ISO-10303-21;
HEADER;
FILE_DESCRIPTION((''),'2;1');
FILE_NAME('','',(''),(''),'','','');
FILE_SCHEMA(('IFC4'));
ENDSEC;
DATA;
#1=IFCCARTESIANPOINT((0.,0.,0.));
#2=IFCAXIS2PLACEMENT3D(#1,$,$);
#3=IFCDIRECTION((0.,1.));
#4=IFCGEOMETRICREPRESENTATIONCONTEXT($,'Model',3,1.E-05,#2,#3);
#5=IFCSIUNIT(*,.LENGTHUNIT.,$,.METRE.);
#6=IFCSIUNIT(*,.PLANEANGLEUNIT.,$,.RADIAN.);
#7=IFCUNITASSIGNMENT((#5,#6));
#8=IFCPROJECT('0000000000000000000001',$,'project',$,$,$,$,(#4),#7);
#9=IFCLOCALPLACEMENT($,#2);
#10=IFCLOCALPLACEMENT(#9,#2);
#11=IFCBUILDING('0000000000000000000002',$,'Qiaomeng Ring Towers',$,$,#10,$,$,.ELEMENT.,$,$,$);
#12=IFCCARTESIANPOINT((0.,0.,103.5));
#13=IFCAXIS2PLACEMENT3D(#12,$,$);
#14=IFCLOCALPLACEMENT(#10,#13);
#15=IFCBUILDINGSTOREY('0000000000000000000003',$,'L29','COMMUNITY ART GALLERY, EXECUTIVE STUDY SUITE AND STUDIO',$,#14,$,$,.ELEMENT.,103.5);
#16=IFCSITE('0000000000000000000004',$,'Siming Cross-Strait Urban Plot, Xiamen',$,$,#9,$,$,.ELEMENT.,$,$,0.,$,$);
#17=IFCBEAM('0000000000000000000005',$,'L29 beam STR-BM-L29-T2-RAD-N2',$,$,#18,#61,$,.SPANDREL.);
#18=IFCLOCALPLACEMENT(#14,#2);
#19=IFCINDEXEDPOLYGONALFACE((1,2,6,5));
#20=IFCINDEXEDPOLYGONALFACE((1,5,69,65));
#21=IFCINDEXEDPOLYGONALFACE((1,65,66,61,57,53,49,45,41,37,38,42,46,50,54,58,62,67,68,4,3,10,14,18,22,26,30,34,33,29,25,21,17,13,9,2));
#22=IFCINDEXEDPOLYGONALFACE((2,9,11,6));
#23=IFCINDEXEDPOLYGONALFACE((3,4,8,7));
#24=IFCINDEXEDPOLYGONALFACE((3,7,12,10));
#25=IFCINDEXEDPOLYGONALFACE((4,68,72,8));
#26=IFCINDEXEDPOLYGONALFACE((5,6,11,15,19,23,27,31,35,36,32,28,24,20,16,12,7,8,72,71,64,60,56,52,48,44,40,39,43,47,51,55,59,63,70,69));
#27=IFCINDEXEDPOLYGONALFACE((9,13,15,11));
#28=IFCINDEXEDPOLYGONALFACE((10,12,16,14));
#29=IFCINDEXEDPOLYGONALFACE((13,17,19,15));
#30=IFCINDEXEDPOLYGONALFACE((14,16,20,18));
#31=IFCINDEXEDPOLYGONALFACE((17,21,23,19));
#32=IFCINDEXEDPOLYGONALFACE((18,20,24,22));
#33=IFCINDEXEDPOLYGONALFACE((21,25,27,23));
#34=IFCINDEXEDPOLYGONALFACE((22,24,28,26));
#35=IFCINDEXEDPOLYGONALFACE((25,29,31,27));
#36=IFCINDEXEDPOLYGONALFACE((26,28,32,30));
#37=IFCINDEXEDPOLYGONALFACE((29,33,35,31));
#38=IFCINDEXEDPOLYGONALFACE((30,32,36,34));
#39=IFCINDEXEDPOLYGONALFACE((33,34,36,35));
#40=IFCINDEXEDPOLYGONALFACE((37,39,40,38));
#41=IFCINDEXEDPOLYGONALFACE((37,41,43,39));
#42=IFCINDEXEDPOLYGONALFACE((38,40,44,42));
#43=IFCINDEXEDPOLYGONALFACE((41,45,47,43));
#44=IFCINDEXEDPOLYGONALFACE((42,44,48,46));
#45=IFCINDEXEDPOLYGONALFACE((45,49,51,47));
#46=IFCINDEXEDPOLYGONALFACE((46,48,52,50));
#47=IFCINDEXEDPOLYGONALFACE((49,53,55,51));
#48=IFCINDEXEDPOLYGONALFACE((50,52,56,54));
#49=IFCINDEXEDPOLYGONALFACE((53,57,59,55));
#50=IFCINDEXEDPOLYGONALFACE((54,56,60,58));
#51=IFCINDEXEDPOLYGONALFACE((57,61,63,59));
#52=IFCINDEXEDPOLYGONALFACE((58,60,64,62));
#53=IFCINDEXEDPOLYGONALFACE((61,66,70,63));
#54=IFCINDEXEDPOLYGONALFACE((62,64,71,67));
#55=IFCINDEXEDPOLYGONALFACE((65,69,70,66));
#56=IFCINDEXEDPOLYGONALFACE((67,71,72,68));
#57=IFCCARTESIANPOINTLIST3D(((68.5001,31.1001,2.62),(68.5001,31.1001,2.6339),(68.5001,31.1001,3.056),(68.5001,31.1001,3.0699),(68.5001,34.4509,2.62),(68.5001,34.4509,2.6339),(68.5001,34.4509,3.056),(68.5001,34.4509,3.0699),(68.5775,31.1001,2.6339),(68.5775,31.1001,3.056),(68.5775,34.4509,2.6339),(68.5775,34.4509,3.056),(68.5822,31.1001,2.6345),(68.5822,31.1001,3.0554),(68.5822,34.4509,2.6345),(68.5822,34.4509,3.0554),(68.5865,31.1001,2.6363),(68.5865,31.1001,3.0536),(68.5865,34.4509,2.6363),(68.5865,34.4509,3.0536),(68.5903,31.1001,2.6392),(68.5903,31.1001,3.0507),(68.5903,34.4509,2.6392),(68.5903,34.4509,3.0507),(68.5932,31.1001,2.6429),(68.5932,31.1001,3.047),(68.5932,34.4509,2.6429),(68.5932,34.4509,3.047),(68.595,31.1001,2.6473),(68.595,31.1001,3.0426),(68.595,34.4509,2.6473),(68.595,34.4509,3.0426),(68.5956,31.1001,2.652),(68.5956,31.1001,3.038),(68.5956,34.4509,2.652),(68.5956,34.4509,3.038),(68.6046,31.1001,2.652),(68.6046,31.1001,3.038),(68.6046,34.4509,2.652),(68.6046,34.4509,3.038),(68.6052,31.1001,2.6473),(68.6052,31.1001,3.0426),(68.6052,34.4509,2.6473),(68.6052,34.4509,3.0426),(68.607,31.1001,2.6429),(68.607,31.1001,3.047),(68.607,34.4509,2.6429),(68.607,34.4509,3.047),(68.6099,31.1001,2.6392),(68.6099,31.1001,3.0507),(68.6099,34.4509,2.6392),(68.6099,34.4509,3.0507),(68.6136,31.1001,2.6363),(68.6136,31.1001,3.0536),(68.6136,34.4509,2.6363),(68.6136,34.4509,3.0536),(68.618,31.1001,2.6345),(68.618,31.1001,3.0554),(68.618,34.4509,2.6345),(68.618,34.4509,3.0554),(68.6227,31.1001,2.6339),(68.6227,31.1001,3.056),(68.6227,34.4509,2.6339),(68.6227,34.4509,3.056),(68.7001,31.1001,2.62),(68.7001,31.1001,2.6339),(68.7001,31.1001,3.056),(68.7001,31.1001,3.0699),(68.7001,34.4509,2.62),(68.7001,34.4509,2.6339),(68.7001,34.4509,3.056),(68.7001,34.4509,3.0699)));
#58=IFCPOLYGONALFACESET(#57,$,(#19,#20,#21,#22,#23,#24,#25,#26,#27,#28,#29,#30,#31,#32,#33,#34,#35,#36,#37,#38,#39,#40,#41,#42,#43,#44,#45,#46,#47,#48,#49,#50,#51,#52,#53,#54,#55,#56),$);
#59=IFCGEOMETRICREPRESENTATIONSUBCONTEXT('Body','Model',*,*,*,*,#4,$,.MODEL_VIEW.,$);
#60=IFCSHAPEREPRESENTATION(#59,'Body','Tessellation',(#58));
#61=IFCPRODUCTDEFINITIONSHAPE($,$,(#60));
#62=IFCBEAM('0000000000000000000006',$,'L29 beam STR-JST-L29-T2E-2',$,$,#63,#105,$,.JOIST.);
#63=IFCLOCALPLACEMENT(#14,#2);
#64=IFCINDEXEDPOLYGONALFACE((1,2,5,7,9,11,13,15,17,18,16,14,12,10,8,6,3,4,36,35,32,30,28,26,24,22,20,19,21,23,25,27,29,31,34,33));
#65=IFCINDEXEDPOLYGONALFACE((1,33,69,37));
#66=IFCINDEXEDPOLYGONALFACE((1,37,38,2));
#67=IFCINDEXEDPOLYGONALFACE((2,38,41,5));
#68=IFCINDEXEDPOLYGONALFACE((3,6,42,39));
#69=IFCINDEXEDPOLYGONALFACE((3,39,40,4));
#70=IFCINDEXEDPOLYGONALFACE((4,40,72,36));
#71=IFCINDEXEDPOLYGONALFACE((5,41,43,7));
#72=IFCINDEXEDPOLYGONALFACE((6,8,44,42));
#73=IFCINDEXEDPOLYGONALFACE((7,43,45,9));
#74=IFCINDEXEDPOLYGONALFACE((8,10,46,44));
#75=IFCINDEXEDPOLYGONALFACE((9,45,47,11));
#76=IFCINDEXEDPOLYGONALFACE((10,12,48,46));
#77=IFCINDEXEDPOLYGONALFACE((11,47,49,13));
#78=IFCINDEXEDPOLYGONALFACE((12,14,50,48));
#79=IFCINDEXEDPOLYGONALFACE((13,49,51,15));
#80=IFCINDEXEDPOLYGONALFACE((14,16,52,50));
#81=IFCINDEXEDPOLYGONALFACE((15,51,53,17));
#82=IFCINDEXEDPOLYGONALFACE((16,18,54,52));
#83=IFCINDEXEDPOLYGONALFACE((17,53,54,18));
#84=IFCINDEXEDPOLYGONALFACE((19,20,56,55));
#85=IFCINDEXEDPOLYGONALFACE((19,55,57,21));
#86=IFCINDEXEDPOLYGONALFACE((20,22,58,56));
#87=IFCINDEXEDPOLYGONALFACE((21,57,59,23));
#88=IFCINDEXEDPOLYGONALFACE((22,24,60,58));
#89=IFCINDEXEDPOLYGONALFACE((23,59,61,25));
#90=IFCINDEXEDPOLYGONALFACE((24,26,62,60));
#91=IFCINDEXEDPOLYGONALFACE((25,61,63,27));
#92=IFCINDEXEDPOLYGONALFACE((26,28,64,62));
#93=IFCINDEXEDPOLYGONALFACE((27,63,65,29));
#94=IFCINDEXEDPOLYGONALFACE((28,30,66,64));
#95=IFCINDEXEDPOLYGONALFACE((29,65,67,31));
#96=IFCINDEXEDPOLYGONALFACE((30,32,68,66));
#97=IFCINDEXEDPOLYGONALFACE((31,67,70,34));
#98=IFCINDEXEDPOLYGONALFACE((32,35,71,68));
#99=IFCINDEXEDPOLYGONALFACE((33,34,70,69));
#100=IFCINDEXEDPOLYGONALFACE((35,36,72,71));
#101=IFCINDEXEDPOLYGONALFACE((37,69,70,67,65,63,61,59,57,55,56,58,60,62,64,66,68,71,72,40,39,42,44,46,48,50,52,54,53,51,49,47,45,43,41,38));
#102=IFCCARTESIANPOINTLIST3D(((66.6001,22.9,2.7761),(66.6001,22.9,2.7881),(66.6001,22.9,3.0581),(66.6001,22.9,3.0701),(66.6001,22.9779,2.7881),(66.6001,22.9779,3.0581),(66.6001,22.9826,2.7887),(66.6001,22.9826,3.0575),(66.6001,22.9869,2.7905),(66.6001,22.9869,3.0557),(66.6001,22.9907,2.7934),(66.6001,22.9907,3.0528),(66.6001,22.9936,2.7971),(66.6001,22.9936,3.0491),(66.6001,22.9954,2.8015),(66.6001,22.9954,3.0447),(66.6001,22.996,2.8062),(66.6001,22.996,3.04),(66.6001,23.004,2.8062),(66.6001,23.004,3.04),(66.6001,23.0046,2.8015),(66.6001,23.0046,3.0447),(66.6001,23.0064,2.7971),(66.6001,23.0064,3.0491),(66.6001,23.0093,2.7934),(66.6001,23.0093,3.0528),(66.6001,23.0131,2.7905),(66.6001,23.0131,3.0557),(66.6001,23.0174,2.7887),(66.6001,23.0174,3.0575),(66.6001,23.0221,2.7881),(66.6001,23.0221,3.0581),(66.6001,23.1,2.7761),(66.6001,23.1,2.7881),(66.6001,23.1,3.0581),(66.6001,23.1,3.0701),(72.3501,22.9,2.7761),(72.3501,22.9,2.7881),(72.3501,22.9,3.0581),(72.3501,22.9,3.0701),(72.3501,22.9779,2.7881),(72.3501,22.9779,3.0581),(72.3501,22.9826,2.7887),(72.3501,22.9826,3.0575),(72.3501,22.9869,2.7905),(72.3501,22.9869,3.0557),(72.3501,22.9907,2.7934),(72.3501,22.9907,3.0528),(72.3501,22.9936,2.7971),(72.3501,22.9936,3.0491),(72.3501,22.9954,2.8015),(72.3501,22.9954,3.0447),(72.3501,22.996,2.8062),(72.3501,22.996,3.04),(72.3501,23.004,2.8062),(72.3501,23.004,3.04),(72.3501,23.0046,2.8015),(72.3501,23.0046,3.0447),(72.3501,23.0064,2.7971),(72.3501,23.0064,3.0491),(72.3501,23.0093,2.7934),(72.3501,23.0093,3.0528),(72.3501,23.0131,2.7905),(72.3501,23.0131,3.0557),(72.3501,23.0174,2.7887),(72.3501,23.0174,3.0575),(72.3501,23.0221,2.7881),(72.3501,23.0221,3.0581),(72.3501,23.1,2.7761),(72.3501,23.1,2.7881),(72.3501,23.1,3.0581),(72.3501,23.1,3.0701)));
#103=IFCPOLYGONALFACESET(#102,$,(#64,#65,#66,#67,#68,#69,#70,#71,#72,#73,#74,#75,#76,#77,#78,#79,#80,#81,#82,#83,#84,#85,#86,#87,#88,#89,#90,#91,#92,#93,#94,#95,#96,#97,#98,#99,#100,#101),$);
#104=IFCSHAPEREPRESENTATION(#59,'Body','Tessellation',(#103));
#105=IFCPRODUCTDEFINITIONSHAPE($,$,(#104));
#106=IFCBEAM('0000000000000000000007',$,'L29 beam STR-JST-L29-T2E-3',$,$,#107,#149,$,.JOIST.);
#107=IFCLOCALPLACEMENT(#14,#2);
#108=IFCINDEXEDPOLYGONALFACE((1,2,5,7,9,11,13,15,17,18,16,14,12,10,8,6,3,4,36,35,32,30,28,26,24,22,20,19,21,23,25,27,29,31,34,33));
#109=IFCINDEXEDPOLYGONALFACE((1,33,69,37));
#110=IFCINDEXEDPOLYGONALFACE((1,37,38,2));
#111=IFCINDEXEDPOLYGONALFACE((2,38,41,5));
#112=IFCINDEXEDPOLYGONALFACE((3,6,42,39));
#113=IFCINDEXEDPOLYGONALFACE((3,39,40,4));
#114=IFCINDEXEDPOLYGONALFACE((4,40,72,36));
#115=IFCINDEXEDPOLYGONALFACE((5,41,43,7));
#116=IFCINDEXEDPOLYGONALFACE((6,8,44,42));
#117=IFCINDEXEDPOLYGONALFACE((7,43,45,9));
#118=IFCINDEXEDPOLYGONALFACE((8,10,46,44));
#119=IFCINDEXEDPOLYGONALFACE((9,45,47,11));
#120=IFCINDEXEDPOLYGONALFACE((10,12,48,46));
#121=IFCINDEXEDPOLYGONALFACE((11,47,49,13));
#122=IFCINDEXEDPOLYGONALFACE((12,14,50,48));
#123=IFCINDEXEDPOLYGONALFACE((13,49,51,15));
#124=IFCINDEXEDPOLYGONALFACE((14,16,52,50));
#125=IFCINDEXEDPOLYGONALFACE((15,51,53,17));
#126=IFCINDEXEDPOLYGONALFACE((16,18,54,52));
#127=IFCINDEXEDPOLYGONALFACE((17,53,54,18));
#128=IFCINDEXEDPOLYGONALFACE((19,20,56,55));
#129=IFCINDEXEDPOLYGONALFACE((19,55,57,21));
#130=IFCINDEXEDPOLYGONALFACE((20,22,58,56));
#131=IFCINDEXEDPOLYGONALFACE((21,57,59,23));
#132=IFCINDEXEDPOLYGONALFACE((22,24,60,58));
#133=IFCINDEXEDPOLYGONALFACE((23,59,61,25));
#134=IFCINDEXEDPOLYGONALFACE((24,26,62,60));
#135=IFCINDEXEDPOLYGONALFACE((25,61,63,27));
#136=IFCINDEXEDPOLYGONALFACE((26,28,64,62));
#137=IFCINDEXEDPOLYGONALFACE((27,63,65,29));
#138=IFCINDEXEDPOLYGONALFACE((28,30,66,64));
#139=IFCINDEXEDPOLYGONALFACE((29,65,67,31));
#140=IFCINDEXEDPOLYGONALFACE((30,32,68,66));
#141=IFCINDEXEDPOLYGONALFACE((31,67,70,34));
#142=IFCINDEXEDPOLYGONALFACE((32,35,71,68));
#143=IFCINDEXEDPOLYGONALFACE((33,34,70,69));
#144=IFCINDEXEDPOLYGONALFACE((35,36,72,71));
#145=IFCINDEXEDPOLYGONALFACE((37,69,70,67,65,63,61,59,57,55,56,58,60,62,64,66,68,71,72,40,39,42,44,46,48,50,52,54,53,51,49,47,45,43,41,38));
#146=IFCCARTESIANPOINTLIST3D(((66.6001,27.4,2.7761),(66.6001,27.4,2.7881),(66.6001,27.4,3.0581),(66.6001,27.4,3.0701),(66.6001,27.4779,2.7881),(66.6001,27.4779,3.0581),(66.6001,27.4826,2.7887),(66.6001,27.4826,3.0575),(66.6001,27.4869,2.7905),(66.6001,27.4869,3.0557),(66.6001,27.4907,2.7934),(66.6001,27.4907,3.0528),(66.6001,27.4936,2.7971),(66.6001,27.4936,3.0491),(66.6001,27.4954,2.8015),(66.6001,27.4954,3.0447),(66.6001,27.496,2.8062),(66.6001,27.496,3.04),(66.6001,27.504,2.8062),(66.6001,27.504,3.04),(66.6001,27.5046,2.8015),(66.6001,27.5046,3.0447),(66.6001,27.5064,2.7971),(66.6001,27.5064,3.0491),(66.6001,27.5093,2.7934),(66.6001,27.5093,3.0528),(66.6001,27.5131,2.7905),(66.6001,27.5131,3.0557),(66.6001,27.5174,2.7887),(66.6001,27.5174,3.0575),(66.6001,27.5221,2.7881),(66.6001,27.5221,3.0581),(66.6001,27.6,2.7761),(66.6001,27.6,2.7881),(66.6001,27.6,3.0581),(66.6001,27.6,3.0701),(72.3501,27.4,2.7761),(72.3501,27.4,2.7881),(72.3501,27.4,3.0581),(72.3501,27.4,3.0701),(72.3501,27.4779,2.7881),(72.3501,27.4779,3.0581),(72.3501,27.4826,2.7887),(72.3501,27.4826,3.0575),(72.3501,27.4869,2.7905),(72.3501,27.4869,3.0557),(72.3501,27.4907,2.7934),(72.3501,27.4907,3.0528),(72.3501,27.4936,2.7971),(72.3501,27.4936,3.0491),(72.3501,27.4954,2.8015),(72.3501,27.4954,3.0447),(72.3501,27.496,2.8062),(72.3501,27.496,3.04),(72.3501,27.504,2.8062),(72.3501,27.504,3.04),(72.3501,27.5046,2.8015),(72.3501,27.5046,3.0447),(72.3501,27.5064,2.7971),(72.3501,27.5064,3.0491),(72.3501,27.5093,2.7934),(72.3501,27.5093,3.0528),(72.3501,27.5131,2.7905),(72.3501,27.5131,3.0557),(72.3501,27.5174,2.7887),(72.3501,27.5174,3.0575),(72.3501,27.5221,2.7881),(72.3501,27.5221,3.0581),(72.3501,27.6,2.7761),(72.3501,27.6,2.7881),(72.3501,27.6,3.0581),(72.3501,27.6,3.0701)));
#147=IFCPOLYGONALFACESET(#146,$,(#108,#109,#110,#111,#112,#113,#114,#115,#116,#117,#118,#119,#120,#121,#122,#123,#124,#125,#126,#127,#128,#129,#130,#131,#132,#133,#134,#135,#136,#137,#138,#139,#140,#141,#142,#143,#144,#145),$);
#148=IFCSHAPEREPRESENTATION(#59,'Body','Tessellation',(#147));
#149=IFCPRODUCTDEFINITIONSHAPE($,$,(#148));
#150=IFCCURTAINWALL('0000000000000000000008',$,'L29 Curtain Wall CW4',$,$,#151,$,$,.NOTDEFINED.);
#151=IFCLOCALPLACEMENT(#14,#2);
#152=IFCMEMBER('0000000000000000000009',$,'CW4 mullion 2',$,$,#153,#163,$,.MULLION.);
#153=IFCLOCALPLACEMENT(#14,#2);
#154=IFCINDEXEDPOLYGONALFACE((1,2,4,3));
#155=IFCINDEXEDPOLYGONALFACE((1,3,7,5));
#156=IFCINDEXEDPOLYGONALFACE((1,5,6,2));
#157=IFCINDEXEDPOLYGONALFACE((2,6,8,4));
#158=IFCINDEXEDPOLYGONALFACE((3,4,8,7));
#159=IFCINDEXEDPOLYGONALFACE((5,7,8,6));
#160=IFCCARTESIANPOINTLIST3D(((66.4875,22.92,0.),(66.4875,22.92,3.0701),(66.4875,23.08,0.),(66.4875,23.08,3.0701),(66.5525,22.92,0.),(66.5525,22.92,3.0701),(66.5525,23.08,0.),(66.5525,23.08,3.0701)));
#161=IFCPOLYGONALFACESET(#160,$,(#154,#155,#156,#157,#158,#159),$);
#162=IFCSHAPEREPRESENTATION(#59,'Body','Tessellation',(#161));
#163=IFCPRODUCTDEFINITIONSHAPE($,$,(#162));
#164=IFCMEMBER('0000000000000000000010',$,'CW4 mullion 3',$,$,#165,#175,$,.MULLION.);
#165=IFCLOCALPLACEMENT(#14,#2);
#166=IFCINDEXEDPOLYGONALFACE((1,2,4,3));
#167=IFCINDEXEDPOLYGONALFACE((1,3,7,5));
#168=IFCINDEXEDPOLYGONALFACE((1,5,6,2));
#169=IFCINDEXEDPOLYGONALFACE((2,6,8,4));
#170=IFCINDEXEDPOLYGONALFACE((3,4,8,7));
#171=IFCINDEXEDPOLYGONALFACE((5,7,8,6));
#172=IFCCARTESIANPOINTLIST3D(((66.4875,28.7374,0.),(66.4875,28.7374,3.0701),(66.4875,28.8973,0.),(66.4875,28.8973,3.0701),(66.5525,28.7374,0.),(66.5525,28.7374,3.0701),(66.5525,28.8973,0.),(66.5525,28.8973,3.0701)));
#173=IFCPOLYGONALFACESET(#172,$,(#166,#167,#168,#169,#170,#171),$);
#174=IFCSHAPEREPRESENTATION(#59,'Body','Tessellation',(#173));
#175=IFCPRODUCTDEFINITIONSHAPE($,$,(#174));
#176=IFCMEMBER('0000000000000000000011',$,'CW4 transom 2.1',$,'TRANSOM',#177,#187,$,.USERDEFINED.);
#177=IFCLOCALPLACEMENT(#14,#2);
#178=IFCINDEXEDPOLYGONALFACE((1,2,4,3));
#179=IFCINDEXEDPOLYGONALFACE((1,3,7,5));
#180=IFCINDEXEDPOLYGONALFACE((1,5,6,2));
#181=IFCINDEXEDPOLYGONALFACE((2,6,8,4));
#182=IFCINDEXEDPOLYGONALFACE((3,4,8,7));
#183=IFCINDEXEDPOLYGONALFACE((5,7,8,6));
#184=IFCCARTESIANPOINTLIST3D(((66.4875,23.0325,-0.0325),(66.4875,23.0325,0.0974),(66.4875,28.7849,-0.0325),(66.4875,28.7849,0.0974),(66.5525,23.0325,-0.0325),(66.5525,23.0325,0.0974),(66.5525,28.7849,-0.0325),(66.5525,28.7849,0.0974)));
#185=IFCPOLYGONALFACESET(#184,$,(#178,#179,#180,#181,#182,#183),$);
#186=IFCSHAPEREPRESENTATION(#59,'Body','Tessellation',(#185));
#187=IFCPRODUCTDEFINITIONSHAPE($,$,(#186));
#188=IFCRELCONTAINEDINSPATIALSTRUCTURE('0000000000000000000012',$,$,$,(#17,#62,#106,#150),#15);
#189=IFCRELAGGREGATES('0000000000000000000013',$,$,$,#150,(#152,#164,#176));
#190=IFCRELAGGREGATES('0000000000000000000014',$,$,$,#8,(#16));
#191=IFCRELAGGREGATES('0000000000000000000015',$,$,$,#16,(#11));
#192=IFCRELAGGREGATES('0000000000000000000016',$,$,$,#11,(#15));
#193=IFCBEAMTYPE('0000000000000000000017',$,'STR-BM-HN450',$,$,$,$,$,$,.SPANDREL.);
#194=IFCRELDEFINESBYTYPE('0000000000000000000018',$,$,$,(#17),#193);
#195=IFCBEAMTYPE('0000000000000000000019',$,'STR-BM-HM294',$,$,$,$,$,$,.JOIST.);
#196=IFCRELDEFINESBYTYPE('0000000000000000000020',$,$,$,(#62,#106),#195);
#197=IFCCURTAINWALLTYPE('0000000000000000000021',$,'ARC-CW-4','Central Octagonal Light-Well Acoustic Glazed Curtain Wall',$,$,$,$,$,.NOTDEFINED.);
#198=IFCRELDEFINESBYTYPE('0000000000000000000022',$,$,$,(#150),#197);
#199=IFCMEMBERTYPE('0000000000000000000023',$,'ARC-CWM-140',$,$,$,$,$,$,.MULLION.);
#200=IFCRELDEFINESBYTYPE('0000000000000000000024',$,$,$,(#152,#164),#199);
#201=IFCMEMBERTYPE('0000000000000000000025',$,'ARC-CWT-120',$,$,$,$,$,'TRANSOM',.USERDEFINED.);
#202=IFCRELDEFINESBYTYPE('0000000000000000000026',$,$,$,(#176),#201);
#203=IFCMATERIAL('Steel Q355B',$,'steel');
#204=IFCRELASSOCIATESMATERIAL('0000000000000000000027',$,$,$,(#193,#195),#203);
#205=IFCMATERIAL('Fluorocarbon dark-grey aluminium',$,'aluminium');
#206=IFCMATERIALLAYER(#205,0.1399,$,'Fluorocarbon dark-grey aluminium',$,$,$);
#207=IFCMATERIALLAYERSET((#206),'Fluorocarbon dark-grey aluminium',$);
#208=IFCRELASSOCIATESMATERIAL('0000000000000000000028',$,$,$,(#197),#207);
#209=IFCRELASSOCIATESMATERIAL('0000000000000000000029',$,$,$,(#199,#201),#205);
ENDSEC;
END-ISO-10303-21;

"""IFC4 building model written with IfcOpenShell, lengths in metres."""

from ifc_helpers import new_model, si_unit, direction, frame, origin, origin_2d, place, context, subcontext, project, spatial, rectangle, i_section, extrude, source, transform, mapped, material, layer, layer_set, material_profile, profile_set, type_object, element, aggregate, save


model = new_model("IFC4")

# Units and contexts
model_context = context("Model", 3, precision=1e-05, world=origin(), true_north=direction((0.0, 1.0)))
body_context = subcontext(model_context, "Body", "Model", "MODEL_VIEW")
ifc_project = project(units=[si_unit("LENGTHUNIT", "METRE"), si_unit("PLANEANGLEUNIT", "RADIAN")], contexts=[model_context])

# Site, building, storey
site_placement = place(None, origin())
site = spatial("IfcSite", under=ifc_project, at=site_placement, Name="Siming Cross-Strait Urban Plot, Xiamen", CompositionType="ELEMENT", RefElevation=0.0)
building_placement = place(site_placement, origin())
building = spatial("IfcBuilding", under=site, at=building_placement, Name="Qiaomeng Ring Towers", CompositionType="ELEMENT")
storey_placement = place(building_placement, frame((0.0, 0.0, 103.5)))
storey = spatial("IfcBuildingStorey", under=building, at=storey_placement, Name="L29", Description="COMMUNITY ART GALLERY, EXECUTIVE STUDY SUITE AND STUDIO", CompositionType="ELEMENT", Elevation=103.5)

# Beams
ifc_material_1 = material(Name="Steel Q355B", Category="steel")
ifc_material_profile_1 = material_profile(ifc_material_1, i_section(OverallWidth=0.2, OverallDepth=0.45, WebThickness=0.009, FlangeThickness=0.0139, FilletRadius=0.0181, at=origin_2d()), Name="HN 450x200x9x14")
ifc_profile_set_1 = profile_set([ifc_material_profile_1], Name="Steel Q355B")
beam_type_1 = type_object("IfcBeamType", Name="STR-BM-HN450", PredefinedType="SPANDREL", material=ifc_profile_set_1)
shared_shape_1 = source(origin(), body_context, "Body", "SweptSolid", [
    extrude(i_section(OverallWidth=0.2, OverallDepth=0.45, WebThickness=0.009, FlangeThickness=0.0139, FilletRadius=0.0181, at=origin_2d()), origin(), (0.0, 0.0, 1.0), 3.3508),
])
beam_1_placement = place(storey_placement, frame((68.6001, 34.4509, 2.845), z_axis=(0.0, -1.0, 0.0), x_axis=(1.0, 0.0, 0.0)))
element("IfcBeam", 1, at=beam_1_placement, inside=storey, type_object=beam_type_1, Name="L29 beam STR-BM-L29-T2-RAD-N2", PredefinedType="SPANDREL", context=body_context, shape_type="MappedRepresentation", body=[
    mapped(shared_shape_1, transform((0.0, 0.0, 0.0), x_axis=(1.0, 0.0, 0.0), y_axis=(0.0, 1.0, 0.0), z_axis=(0.0, 0.0, 1.0), scale=1.0)),
])
ifc_material_profile_2 = material_profile(ifc_material_1, i_section(OverallWidth=0.2, OverallDepth=0.2939, WebThickness=0.0081, FlangeThickness=0.012, FilletRadius=0.0181, at=origin_2d()), Name="HM 294x200x8x12")
ifc_profile_set_2 = profile_set([ifc_material_profile_2], Name="Steel Q355B")
beam_type_2 = type_object("IfcBeamType", Name="STR-BM-HM294", PredefinedType="JOIST", material=ifc_profile_set_2)
shared_shape_2 = source(origin(), body_context, "Body", "SweptSolid", [
    extrude(i_section(OverallWidth=0.2, OverallDepth=0.2939, WebThickness=0.0081, FlangeThickness=0.012, FilletRadius=0.0181, at=origin_2d()), origin(), (0.0, 0.0, 1.0), 5.75),
])
for number, where, z_axis, x_axis, name in (
    (2, (66.6001, 23.0, 2.9231), (1.0, 0.0, 0.0), (0.0, 1.0, 0.0), "L29 beam STR-JST-L29-T2E-2"),
    (3, (66.6001, 27.5, 2.9231), (1.0, 0.0, 0.0), (0.0, 1.0, 0.0), "L29 beam STR-JST-L29-T2E-3"),
):
    element("IfcBeam", number, at=place(storey_placement, frame(where, z_axis=z_axis, x_axis=x_axis)), inside=storey, type_object=beam_type_2, Name=name, PredefinedType="JOIST", context=body_context, shape_type="MappedRepresentation", body=[
        mapped(shared_shape_2, transform((0.0, 0.0, 0.0), x_axis=(1.0, 0.0, 0.0), y_axis=(0.0, 1.0, 0.0), z_axis=(0.0, 0.0, 1.0), scale=1.0)),
    ])

# Curtain wall, members
ifc_material_2 = material(Name="Fluorocarbon dark-grey aluminium", Category="aluminium")
ifc_layer_1 = layer(ifc_material_2, 0.1399, Name="Fluorocarbon dark-grey aluminium")
ifc_layer_set_1 = layer_set([ifc_layer_1], Name="Fluorocarbon dark-grey aluminium")
curtain_wall_type_1 = type_object("IfcCurtainWallType", Name="ARC-CW-4", Description="Central Octagonal Light-Well Acoustic Glazed Curtain Wall", PredefinedType="NOTDEFINED", material=ifc_layer_set_1)
curtain_wall_1_placement = place(storey_placement, origin())
curtain_wall_1 = element("IfcCurtainWall", 4, at=curtain_wall_1_placement, inside=storey, type_object=curtain_wall_type_1, Name="L29 Curtain Wall CW4", PredefinedType="NOTDEFINED")
ifc_material_profile_3 = material_profile(ifc_material_2, rectangle(XDim=0.0649, YDim=0.1599, at=origin_2d()), Name="ALU MULL 65x160")
ifc_profile_set_3 = profile_set([ifc_material_profile_3], Name="Fluorocarbon dark-grey aluminium")
member_type_1 = type_object("IfcMemberType", Name="ARC-CWM-140", PredefinedType="MULLION", material=ifc_profile_set_3)
shared_shape_3 = source(origin(), body_context, "Body", "SweptSolid", [
    extrude(rectangle(XDim=0.0649, YDim=0.1599, at=origin_2d()), origin(), (0.0, 0.0, 1.0), 3.0701),
])
member_1_placement = place(storey_placement, frame((66.52, 23.0, 0.0), z_axis=(0.0, 0.0, 1.0), x_axis=(-1.0, 0.0, 0.0)))
member_1 = element("IfcMember", 5, at=member_1_placement, type_object=member_type_1, Name="CW4 mullion 2", PredefinedType="MULLION", context=body_context, shape_type="MappedRepresentation", body=[
    mapped(shared_shape_3, transform((0.0, 0.0, 0.0), x_axis=(1.0, 0.0, 0.0), y_axis=(0.0, 1.0, 0.0), z_axis=(0.0, 0.0, 1.0), scale=1.0)),
])
member_2_placement = place(storey_placement, frame((66.52, 28.8174, 0.0), z_axis=(0.0, 0.0, 1.0), x_axis=(-1.0, 0.0, 0.0)))
member_2 = element("IfcMember", 6, at=member_2_placement, type_object=member_type_1, Name="CW4 mullion 3", PredefinedType="MULLION", context=body_context, shape_type="MappedRepresentation", body=[
    mapped(shared_shape_3, transform((0.0, 0.0, 0.0), x_axis=(1.0, 0.0, 0.0), y_axis=(0.0, 1.0, 0.0), z_axis=(0.0, 0.0, 1.0), scale=1.0)),
])
ifc_material_profile_4 = material_profile(ifc_material_2, rectangle(XDim=0.0649, YDim=0.1299, at=origin_2d()), Name="ALU TRAN 65x130")
ifc_profile_set_4 = profile_set([ifc_material_profile_4], Name="Fluorocarbon dark-grey aluminium")
member_type_2 = type_object("IfcMemberType", Name="ARC-CWT-120", ElementType="TRANSOM", PredefinedType="USERDEFINED", material=ifc_profile_set_4)
shared_shape_4 = source(origin(), body_context, "Body", "SweptSolid", [
    extrude(rectangle(XDim=0.0649, YDim=0.1299, at=origin_2d()), origin(), (0.0, 0.0, 1.0), 5.7524),
])
member_3_placement = place(storey_placement, frame((66.52, 23.0325, 0.0325), z_axis=(0.0, 1.0, 0.0), x_axis=(-1.0, 0.0, 0.0)))
member_3 = element("IfcMember", 7, at=member_3_placement, type_object=member_type_2, Name="CW4 transom 2.1", ObjectType="TRANSOM", PredefinedType="USERDEFINED", context=body_context, shape_type="MappedRepresentation", body=[
    mapped(shared_shape_4, transform((0.0, 0.0, 0.0), x_axis=(1.0, 0.0, 0.0), y_axis=(0.0, 1.0, 0.0), z_axis=(0.0, 0.0, 1.0), scale=1.0)),
])

aggregate(curtain_wall_1, [member_1, member_2, member_3])

save(model, "model.ifc")
